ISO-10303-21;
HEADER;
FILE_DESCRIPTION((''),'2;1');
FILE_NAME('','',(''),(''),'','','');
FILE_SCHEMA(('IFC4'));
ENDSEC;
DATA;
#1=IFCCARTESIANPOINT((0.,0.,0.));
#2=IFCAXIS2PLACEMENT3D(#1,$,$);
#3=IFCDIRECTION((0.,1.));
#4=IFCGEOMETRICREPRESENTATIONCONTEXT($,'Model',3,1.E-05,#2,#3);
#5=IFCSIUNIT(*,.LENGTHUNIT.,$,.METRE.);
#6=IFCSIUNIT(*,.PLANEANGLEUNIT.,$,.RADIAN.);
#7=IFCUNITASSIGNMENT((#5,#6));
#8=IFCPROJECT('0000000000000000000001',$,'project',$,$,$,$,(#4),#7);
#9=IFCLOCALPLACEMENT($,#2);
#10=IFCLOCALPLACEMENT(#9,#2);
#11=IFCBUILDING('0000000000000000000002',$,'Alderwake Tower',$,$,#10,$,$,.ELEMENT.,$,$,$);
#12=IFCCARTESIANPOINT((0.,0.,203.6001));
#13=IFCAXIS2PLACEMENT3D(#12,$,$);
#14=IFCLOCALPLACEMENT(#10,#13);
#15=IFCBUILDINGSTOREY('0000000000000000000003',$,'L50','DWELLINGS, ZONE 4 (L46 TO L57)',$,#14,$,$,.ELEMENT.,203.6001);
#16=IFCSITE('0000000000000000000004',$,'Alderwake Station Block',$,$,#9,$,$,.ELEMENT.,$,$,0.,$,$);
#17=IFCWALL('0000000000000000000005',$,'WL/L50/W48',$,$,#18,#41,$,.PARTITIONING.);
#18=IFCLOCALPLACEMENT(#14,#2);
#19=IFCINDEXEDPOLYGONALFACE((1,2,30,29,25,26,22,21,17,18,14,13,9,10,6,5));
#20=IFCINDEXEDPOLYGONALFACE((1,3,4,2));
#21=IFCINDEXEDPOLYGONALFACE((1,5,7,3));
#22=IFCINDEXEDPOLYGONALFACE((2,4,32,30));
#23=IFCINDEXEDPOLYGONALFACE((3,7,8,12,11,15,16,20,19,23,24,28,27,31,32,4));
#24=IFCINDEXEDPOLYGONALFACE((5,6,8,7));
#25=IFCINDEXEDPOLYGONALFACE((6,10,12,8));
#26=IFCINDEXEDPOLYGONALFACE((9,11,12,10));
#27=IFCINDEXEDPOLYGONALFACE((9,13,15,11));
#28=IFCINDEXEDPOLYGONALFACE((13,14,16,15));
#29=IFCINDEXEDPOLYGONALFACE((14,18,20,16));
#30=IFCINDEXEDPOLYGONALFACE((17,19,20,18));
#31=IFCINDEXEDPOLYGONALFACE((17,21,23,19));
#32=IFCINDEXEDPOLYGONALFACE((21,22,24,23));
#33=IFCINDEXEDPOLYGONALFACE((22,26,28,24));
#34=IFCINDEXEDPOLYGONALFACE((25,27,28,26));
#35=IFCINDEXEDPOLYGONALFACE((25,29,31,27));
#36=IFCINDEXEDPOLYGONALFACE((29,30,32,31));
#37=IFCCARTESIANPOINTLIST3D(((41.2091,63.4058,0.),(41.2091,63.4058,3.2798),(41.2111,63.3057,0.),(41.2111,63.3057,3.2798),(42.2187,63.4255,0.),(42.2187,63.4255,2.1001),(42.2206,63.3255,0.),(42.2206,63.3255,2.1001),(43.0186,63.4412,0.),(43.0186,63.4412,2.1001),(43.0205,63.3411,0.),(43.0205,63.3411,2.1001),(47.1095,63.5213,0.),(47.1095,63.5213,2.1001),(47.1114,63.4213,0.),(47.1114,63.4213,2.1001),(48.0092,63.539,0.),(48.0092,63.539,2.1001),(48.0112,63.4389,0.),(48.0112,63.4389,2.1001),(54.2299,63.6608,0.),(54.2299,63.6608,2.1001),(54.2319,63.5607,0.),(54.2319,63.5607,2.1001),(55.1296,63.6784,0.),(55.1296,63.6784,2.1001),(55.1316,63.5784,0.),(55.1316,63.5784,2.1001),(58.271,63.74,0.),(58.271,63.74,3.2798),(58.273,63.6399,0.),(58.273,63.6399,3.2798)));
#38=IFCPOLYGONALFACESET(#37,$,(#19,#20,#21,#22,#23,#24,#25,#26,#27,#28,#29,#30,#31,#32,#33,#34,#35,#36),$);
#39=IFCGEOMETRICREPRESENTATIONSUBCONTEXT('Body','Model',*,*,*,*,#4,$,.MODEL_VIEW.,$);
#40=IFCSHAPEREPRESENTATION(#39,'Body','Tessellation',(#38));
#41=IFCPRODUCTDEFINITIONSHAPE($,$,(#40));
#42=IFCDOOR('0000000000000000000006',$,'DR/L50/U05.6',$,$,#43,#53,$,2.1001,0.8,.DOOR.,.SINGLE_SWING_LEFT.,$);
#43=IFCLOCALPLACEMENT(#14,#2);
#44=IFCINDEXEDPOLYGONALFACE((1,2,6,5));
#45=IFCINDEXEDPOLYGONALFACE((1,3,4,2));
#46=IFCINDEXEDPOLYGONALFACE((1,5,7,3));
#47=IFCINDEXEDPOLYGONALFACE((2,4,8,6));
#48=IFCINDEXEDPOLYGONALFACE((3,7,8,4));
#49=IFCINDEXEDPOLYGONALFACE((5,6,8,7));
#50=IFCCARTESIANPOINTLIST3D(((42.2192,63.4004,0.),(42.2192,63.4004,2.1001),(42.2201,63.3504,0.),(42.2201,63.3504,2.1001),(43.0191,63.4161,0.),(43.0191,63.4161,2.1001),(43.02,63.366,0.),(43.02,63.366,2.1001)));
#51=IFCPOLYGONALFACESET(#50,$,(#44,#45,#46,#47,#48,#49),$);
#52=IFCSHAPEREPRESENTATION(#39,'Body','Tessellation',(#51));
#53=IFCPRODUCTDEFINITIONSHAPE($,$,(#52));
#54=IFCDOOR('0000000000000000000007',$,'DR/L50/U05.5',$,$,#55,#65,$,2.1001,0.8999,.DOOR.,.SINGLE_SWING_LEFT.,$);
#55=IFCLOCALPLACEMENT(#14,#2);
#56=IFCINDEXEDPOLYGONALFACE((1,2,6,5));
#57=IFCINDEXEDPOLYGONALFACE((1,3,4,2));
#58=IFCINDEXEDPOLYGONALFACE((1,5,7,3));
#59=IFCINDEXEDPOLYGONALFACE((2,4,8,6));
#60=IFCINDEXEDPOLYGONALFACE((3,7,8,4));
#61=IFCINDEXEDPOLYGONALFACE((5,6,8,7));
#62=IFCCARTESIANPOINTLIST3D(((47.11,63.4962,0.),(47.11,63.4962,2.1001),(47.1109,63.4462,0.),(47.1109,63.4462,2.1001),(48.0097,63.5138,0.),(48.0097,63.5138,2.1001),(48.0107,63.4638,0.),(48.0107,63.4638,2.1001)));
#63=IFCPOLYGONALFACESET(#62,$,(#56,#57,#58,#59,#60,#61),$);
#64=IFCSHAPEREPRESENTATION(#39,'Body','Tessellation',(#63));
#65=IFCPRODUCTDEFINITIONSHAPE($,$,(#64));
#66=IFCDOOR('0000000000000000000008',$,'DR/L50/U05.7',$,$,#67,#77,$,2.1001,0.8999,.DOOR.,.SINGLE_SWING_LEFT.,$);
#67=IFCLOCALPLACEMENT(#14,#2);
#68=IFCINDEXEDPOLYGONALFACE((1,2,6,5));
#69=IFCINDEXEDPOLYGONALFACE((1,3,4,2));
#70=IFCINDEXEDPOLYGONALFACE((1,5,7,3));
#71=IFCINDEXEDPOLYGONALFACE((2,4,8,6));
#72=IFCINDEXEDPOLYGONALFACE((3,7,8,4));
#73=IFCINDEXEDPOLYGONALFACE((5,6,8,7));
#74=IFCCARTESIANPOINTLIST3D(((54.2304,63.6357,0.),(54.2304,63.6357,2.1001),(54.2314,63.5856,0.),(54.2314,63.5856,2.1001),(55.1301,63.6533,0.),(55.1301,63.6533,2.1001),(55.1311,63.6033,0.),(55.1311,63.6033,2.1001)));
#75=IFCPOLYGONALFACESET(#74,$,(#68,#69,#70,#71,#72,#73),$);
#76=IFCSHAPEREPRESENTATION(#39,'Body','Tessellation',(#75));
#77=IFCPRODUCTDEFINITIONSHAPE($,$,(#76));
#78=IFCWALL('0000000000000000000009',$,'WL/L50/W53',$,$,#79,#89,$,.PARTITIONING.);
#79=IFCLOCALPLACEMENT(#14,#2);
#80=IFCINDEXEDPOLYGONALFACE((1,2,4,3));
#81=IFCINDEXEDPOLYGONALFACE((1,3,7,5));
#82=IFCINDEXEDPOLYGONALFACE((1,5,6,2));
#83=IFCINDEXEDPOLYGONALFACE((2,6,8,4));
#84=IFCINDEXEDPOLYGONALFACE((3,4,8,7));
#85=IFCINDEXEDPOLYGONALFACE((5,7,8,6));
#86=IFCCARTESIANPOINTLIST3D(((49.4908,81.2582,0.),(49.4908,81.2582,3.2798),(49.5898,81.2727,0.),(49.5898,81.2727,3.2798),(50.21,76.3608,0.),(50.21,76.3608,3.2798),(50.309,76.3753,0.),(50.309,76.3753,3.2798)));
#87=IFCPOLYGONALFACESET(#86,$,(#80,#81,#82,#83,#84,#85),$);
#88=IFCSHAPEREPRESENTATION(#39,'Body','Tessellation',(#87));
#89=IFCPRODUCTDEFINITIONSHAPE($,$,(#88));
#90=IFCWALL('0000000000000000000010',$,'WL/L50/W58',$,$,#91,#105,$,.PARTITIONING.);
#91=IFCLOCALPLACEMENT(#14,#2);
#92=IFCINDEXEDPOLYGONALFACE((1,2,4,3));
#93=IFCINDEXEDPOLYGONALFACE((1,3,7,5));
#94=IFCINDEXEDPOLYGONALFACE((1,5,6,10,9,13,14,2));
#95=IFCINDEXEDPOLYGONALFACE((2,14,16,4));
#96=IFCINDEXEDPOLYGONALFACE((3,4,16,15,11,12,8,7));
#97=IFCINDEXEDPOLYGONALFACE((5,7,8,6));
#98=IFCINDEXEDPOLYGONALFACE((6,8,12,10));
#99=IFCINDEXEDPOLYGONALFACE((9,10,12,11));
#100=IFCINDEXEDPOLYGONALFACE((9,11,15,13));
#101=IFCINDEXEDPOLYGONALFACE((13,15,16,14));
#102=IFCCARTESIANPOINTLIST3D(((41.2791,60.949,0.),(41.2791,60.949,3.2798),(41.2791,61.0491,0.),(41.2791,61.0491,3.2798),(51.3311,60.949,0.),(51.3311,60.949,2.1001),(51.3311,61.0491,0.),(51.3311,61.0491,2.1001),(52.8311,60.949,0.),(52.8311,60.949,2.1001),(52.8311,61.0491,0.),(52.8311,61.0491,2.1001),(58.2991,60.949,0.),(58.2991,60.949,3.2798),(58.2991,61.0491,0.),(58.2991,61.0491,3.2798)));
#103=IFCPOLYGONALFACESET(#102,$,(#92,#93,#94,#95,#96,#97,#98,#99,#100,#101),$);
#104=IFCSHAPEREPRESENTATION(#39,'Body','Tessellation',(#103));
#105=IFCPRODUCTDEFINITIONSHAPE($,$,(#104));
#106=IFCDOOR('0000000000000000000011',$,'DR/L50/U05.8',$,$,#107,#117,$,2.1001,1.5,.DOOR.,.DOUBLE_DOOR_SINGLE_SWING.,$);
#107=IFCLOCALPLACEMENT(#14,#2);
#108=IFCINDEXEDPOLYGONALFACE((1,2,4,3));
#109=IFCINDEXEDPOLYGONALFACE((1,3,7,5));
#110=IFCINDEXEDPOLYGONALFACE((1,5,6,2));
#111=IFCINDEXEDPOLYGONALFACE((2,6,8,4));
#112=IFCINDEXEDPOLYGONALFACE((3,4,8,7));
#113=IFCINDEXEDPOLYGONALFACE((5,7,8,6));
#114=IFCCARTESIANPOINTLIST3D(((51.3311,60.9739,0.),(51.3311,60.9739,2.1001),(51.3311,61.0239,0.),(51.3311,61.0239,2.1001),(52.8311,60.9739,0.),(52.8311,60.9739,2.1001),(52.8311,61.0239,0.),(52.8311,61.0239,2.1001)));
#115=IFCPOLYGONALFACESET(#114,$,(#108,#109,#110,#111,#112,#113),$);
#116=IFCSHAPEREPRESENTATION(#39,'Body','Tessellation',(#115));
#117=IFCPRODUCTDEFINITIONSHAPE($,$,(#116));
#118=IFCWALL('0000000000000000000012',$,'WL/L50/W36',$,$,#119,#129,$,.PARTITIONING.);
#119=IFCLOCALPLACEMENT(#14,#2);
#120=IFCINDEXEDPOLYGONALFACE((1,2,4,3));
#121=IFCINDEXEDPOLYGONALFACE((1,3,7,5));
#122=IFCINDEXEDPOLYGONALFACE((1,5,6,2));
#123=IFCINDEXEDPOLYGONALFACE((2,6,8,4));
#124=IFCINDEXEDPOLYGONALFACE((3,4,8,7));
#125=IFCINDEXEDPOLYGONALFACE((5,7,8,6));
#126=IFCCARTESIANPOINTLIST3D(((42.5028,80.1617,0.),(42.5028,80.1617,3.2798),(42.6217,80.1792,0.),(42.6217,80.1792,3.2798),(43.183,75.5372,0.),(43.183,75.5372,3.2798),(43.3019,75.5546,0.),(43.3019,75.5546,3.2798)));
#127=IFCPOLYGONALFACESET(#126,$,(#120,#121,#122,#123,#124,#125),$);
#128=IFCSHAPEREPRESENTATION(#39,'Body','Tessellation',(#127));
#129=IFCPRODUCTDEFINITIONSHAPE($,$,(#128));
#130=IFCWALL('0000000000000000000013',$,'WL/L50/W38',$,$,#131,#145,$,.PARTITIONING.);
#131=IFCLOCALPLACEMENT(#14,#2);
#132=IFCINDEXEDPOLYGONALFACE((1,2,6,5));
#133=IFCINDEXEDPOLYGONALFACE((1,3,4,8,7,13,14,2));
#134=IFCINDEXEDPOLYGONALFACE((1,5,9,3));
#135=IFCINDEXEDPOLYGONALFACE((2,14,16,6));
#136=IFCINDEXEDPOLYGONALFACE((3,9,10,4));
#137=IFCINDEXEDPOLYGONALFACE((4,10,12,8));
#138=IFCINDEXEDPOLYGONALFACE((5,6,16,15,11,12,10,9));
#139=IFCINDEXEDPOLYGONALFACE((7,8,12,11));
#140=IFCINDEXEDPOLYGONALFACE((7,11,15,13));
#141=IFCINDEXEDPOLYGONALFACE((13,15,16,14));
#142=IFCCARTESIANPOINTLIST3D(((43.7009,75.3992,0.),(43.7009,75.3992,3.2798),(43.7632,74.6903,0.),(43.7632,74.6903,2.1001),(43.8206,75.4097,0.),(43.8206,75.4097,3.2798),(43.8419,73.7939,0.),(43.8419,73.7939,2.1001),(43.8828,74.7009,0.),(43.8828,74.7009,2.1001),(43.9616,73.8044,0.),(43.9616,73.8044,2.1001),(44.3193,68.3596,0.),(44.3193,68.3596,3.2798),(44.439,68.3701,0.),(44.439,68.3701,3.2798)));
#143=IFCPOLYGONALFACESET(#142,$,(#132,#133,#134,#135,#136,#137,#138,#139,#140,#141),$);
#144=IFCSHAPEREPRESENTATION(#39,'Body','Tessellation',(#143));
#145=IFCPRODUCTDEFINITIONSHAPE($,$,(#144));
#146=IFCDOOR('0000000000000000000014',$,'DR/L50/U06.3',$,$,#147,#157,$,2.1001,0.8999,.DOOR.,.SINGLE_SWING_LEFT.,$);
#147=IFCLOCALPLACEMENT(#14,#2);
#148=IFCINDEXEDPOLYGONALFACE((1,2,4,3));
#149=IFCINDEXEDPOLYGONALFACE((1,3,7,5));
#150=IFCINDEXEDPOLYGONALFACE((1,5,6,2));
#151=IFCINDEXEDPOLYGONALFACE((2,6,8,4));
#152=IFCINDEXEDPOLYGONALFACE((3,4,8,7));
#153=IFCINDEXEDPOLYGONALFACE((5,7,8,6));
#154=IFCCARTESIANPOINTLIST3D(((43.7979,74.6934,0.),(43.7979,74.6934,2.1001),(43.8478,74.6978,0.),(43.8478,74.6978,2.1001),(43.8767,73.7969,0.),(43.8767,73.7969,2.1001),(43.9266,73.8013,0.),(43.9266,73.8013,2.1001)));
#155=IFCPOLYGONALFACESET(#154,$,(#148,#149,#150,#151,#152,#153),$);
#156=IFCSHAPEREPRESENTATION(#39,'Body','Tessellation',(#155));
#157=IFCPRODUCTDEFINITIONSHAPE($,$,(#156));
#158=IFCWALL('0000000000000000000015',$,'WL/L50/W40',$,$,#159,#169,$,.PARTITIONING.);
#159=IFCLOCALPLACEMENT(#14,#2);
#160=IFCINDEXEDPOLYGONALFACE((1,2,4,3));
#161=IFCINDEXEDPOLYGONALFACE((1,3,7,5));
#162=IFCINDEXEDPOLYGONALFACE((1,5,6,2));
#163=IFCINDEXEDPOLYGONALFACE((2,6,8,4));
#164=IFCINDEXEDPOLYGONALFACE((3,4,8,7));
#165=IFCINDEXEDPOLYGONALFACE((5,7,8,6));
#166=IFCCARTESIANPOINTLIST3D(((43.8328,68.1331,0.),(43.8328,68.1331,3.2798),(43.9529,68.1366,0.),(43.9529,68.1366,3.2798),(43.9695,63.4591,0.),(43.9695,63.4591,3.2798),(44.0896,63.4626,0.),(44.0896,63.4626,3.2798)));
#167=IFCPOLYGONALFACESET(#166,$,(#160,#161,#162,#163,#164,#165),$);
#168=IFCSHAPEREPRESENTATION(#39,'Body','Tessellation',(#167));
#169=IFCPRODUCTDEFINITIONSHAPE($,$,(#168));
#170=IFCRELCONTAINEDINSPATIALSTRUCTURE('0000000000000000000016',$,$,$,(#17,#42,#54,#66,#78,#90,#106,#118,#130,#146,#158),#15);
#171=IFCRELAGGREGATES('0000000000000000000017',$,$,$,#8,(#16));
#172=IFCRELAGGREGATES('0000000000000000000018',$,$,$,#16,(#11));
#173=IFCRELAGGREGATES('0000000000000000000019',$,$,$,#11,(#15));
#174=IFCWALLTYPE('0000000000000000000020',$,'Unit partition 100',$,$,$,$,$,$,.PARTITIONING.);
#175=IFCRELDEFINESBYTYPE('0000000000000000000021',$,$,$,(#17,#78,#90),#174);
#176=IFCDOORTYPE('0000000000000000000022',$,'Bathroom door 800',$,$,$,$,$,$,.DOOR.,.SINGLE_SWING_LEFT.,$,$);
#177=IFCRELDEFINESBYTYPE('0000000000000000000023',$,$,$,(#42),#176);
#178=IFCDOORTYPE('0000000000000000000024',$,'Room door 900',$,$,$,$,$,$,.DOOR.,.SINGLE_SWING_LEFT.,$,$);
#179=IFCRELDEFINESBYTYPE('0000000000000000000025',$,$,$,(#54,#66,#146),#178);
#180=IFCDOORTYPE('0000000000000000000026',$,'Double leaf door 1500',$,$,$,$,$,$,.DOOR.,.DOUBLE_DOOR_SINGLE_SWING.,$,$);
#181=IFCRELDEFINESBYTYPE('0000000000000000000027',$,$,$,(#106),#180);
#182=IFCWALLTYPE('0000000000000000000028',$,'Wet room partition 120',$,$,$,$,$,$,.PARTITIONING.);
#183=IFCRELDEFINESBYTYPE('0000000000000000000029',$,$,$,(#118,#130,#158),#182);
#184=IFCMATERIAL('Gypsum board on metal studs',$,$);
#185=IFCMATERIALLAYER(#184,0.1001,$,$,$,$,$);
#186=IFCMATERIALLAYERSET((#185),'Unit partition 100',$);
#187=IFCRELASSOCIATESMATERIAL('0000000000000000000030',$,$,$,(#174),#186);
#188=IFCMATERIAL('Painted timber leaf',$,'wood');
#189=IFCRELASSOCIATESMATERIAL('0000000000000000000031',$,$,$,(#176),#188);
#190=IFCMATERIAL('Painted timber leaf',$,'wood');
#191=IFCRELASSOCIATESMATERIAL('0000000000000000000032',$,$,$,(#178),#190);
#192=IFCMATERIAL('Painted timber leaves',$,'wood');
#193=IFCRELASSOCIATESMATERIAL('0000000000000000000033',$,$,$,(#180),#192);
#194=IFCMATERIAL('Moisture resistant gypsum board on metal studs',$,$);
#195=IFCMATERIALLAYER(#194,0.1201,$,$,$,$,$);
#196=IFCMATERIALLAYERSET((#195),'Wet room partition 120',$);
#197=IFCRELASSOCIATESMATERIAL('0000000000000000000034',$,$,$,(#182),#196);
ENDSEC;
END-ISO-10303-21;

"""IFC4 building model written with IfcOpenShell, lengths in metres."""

from ifc_helpers import new_model, si_unit, direction, frame, frame_2d, origin, place, context, subcontext, project, spatial, rectangle, extrude, material, layer, layer_set, type_object, element, fill, save


model = new_model("IFC4")

# Units and contexts
model_context = context("Model", 3, precision=1e-05, world=origin(), true_north=direction((0.0, 1.0)))
body_context = subcontext(model_context, "Body", "Model", "MODEL_VIEW")
ifc_project = project(units=[si_unit("LENGTHUNIT", "METRE"), si_unit("PLANEANGLEUNIT", "RADIAN")], contexts=[model_context])

# Site, building, storey
site_placement = place(None, origin())
site = spatial("IfcSite", under=ifc_project, at=site_placement, Name="Alderwake Station Block", CompositionType="ELEMENT", RefElevation=0.0)
building_placement = place(site_placement, origin())
building = spatial("IfcBuilding", under=site, at=building_placement, Name="Alderwake Tower", CompositionType="ELEMENT")
storey_placement = place(building_placement, frame((0.0, 0.0, 203.6001)))
storey = spatial("IfcBuildingStorey", under=building, at=storey_placement, Name="L50", Description="DWELLINGS, ZONE 4 (L46 TO L57)", CompositionType="ELEMENT", Elevation=203.6001)

# Wall, openings, doors
ifc_material_1 = material(Name="Gypsum board on metal studs")
ifc_layer_1 = layer(ifc_material_1, 0.1001)
ifc_layer_set_1 = layer_set([ifc_layer_1], Name="Unit partition 100")
wall_type_1 = type_object("IfcWallType", Name="Unit partition 100", PredefinedType="PARTITIONING", material=ifc_layer_set_1)
wall_1_placement = place(storey_placement, frame((41.21, 63.3557, 0.0), z_axis=(0.0, 0.0, 1.0), x_axis=(0.999808, 0.019585, 0.0)))
wall_1 = element("IfcWall", 1, at=wall_1_placement, inside=storey, type_object=wall_type_1, Name="WL/L50/W48", PredefinedType="PARTITIONING", context=body_context, shape_type="SweptSolid", body=[
    extrude(rectangle(XDim=17.0652, YDim=0.1001, at=frame_2d((8.5327, 0.0))), origin(), (0.0, 0.0, 1.0), 3.2798),
])
opening_1_placement = place(wall_1_placement, frame((5.9016, 0.0, 0.0)))
opening_1 = element("IfcOpeningElement", 2, at=opening_1_placement, cuts=wall_1, PredefinedType="OPENING", context=body_context, shape_type="SweptSolid", body=[
    extrude(rectangle(XDim=0.8999, YDim=2.1001, at=frame_2d((0.45, 1.05))), frame((0.0, 0.0601, 0.0), z_axis=(0.0, -1.0, 0.0), x_axis=(1.0, 0.0, 0.0)), (0.0, 0.0, 1.0), 0.1201),
])
opening_2_placement = place(wall_1_placement, frame((1.01, 0.0, 0.0)))
opening_2 = element("IfcOpeningElement", 3, at=opening_2_placement, cuts=wall_1, PredefinedType="OPENING", context=body_context, shape_type="SweptSolid", body=[
    extrude(rectangle(XDim=0.8, YDim=2.1001, at=frame_2d((0.3999, 1.05))), frame((0.0, 0.0601, 0.0), z_axis=(0.0, -1.0, 0.0), x_axis=(1.0, 0.0, 0.0)), (0.0, 0.0, 1.0), 0.1201),
])
opening_3_placement = place(wall_1_placement, frame((13.0234, 0.0, 0.0)))
opening_3 = element("IfcOpeningElement", 4, at=opening_3_placement, cuts=wall_1, PredefinedType="OPENING", context=body_context, shape_type="SweptSolid", body=[
    extrude(rectangle(XDim=0.8999, YDim=2.1001, at=frame_2d((0.45, 1.05))), frame((0.0, 0.0601, 0.0), z_axis=(0.0, -1.0, 0.0), x_axis=(1.0, 0.0, 0.0)), (0.0, 0.0, 1.0), 0.1201),
])
ifc_material_2 = material(Name="Painted timber leaf", Category="wood")
door_type_1 = type_object("IfcDoorType", Name="Bathroom door 800", OperationType="SINGLE_SWING_LEFT", PredefinedType="DOOR", material=ifc_material_2)
door_1_placement = place(opening_2_placement, origin())
door_1 = element("IfcDoor", 5, at=door_1_placement, inside=storey, type_object=door_type_1, Name="DR/L50/U05.6", OperationType="SINGLE_SWING_LEFT", OverallHeight=2.1001, OverallWidth=0.8, PredefinedType="DOOR", context=body_context, shape_type="SweptSolid", body=[
    extrude(rectangle(XDim=0.8, YDim=2.1001, at=frame_2d((0.3999, 1.05))), frame((0.0, 0.0249, 0.0), z_axis=(0.0, -1.0, 0.0), x_axis=(1.0, 0.0, 0.0)), (0.0, 0.0, 1.0), 0.05),
])
fill(opening_2, door_1)
ifc_material_3 = material(Name="Painted timber leaf", Category="wood")
door_type_2 = type_object("IfcDoorType", Name="Room door 900", OperationType="SINGLE_SWING_LEFT", PredefinedType="DOOR", material=ifc_material_3)
door_2_placement = place(opening_1_placement, origin())
door_2 = element("IfcDoor", 6, at=door_2_placement, inside=storey, type_object=door_type_2, Name="DR/L50/U05.5", OperationType="SINGLE_SWING_LEFT", OverallHeight=2.1001, OverallWidth=0.8999, PredefinedType="DOOR", context=body_context, shape_type="SweptSolid", body=[
    extrude(rectangle(XDim=0.8999, YDim=2.1001, at=frame_2d((0.45, 1.05))), frame((0.0, 0.0249, 0.0), z_axis=(0.0, -1.0, 0.0), x_axis=(1.0, 0.0, 0.0)), (0.0, 0.0, 1.0), 0.05),
])
fill(opening_1, door_2)
door_3_placement = place(opening_3_placement, origin())
door_3 = element("IfcDoor", 7, at=door_3_placement, inside=storey, type_object=door_type_2, Name="DR/L50/U05.7", OperationType="SINGLE_SWING_LEFT", OverallHeight=2.1001, OverallWidth=0.8999, PredefinedType="DOOR", context=body_context, shape_type="SweptSolid", body=[
    extrude(rectangle(XDim=0.8999, YDim=2.1001, at=frame_2d((0.45, 1.05))), frame((0.0, 0.0249, 0.0), z_axis=(0.0, -1.0, 0.0), x_axis=(1.0, 0.0, 0.0)), (0.0, 0.0, 1.0), 0.05),
])
fill(opening_3, door_3)

# Wall
wall_2_placement = place(storey_placement, frame((50.2595, 76.3679, 0.0), z_axis=(0.0, 0.0, 1.0), x_axis=(-0.145301, 0.989388, 0.0)))
element("IfcWall", 8, at=wall_2_placement, inside=storey, type_object=wall_type_1, Name="WL/L50/W53", PredefinedType="PARTITIONING", context=body_context, shape_type="SweptSolid", body=[
    extrude(rectangle(XDim=4.95, YDim=0.1001, at=frame_2d((2.4751, 0.0))), origin(), (0.0, 0.0, 1.0), 3.2798),
])

# Wall, opening, door
wall_3_placement = place(storey_placement, frame((41.2791, 60.999, 0.0), z_axis=(0.0, 0.0, 1.0), x_axis=(1.0, 0.0, 0.0)))
wall_3 = element("IfcWall", 9, at=wall_3_placement, inside=storey, type_object=wall_type_1, Name="WL/L50/W58", PredefinedType="PARTITIONING", context=body_context, shape_type="SweptSolid", body=[
    extrude(rectangle(XDim=17.02, YDim=0.1001, at=frame_2d((8.51, 0.0))), origin(), (0.0, 0.0, 1.0), 3.2798),
])
opening_4_placement = place(wall_3_placement, frame((10.052, 0.0, 0.0)))
opening_4 = element("IfcOpeningElement", 10, at=opening_4_placement, cuts=wall_3, PredefinedType="OPENING", context=body_context, shape_type="SweptSolid", body=[
    extrude(rectangle(XDim=1.5, YDim=2.1001, at=frame_2d((0.75, 1.05))), frame((0.0, 0.0601, 0.0), z_axis=(0.0, -1.0, 0.0), x_axis=(1.0, 0.0, 0.0)), (0.0, 0.0, 1.0), 0.1201),
])
ifc_material_4 = material(Name="Painted timber leaves", Category="wood")
door_type_3 = type_object("IfcDoorType", Name="Double leaf door 1500", OperationType="DOUBLE_DOOR_SINGLE_SWING", PredefinedType="DOOR", material=ifc_material_4)
door_4_placement = place(opening_4_placement, origin())
door_4 = element("IfcDoor", 11, at=door_4_placement, inside=storey, type_object=door_type_3, Name="DR/L50/U05.8", OperationType="DOUBLE_DOOR_SINGLE_SWING", OverallHeight=2.1001, OverallWidth=1.5, PredefinedType="DOOR", context=body_context, shape_type="SweptSolid", body=[
    extrude(rectangle(XDim=1.5, YDim=2.1001, at=frame_2d((0.75, 1.05))), frame((0.0, 0.0249, 0.0), z_axis=(0.0, -1.0, 0.0), x_axis=(1.0, 0.0, 0.0)), (0.0, 0.0, 1.0), 0.05),
])
fill(opening_4, door_4)

# Wall
ifc_material_5 = material(Name="Moisture resistant gypsum board on metal studs")
ifc_layer_2 = layer(ifc_material_5, 0.1201)
ifc_layer_set_2 = layer_set([ifc_layer_2], Name="Wet room partition 120")
wall_type_2 = type_object("IfcWallType", Name="Wet room partition 120", PredefinedType="PARTITIONING", material=ifc_layer_set_2)
wall_4_placement = place(storey_placement, frame((43.2424, 75.5459, 0.0), z_axis=(0.0, 0.0, 1.0), x_axis=(-0.145515, 0.989356, 0.0)))
element("IfcWall", 12, at=wall_4_placement, inside=storey, type_object=wall_type_2, Name="WL/L50/W36", PredefinedType="PARTITIONING", context=body_context, shape_type="SweptSolid", body=[
    extrude(rectangle(XDim=4.6743, YDim=0.1201, at=frame_2d((2.3372, 0.0))), origin(), (0.0, 0.0, 1.0), 3.2798),
])

# Wall, opening, door
wall_5_placement = place(storey_placement, frame((43.7607, 75.4043, 0.0), z_axis=(0.0, 0.0, 1.0), x_axis=(0.087511, -0.996164, 0.0)))
wall_5 = element("IfcWall", 13, at=wall_5_placement, inside=storey, type_object=wall_type_2, Name="WL/L50/W38", PredefinedType="PARTITIONING", context=body_context, shape_type="SweptSolid", body=[
    extrude(rectangle(XDim=7.0667, YDim=0.1201, at=frame_2d((3.5332, 0.0))), origin(), (0.0, 0.0, 1.0), 3.2798),
])
opening_5_placement = place(wall_5_placement, frame((0.7114, 0.0, 0.0)))
opening_5 = element("IfcOpeningElement", 14, at=opening_5_placement, cuts=wall_5, PredefinedType="OPENING", context=body_context, shape_type="SweptSolid", body=[
    extrude(rectangle(XDim=0.8999, YDim=2.1001, at=frame_2d((0.45, 1.05))), frame((0.0, 0.0701, 0.0), z_axis=(0.0, -1.0, 0.0), x_axis=(1.0, 0.0, 0.0)), (0.0, 0.0, 1.0), 0.1401),
])
door_5_placement = place(opening_5_placement, origin())
door_5 = element("IfcDoor", 15, at=door_5_placement, inside=storey, type_object=door_type_2, Name="DR/L50/U06.3", OperationType="SINGLE_SWING_LEFT", OverallHeight=2.1001, OverallWidth=0.8999, PredefinedType="DOOR", context=body_context, shape_type="SweptSolid", body=[
    extrude(rectangle(XDim=0.8999, YDim=2.1001, at=frame_2d((0.45, 1.05))), frame((0.0, 0.0249, 0.0), z_axis=(0.0, -1.0, 0.0), x_axis=(1.0, 0.0, 0.0)), (0.0, 0.0, 1.0), 0.05),
])
fill(opening_5, door_5)

# Wall
wall_6_placement = place(storey_placement, frame((44.0295, 63.4609, 0.0), z_axis=(0.0, 0.0, 1.0), x_axis=(-0.029238, 0.999572, 0.0)))
element("IfcWall", 16, at=wall_6_placement, inside=storey, type_object=wall_type_2, Name="WL/L50/W40", PredefinedType="PARTITIONING", context=body_context, shape_type="SweptSolid", body=[
    extrude(rectangle(XDim=4.676, YDim=0.1201, at=frame_2d((2.3379, 0.0))), origin(), (0.0, 0.0, 1.0), 3.2798),
])

save(model, "model.ifc")
